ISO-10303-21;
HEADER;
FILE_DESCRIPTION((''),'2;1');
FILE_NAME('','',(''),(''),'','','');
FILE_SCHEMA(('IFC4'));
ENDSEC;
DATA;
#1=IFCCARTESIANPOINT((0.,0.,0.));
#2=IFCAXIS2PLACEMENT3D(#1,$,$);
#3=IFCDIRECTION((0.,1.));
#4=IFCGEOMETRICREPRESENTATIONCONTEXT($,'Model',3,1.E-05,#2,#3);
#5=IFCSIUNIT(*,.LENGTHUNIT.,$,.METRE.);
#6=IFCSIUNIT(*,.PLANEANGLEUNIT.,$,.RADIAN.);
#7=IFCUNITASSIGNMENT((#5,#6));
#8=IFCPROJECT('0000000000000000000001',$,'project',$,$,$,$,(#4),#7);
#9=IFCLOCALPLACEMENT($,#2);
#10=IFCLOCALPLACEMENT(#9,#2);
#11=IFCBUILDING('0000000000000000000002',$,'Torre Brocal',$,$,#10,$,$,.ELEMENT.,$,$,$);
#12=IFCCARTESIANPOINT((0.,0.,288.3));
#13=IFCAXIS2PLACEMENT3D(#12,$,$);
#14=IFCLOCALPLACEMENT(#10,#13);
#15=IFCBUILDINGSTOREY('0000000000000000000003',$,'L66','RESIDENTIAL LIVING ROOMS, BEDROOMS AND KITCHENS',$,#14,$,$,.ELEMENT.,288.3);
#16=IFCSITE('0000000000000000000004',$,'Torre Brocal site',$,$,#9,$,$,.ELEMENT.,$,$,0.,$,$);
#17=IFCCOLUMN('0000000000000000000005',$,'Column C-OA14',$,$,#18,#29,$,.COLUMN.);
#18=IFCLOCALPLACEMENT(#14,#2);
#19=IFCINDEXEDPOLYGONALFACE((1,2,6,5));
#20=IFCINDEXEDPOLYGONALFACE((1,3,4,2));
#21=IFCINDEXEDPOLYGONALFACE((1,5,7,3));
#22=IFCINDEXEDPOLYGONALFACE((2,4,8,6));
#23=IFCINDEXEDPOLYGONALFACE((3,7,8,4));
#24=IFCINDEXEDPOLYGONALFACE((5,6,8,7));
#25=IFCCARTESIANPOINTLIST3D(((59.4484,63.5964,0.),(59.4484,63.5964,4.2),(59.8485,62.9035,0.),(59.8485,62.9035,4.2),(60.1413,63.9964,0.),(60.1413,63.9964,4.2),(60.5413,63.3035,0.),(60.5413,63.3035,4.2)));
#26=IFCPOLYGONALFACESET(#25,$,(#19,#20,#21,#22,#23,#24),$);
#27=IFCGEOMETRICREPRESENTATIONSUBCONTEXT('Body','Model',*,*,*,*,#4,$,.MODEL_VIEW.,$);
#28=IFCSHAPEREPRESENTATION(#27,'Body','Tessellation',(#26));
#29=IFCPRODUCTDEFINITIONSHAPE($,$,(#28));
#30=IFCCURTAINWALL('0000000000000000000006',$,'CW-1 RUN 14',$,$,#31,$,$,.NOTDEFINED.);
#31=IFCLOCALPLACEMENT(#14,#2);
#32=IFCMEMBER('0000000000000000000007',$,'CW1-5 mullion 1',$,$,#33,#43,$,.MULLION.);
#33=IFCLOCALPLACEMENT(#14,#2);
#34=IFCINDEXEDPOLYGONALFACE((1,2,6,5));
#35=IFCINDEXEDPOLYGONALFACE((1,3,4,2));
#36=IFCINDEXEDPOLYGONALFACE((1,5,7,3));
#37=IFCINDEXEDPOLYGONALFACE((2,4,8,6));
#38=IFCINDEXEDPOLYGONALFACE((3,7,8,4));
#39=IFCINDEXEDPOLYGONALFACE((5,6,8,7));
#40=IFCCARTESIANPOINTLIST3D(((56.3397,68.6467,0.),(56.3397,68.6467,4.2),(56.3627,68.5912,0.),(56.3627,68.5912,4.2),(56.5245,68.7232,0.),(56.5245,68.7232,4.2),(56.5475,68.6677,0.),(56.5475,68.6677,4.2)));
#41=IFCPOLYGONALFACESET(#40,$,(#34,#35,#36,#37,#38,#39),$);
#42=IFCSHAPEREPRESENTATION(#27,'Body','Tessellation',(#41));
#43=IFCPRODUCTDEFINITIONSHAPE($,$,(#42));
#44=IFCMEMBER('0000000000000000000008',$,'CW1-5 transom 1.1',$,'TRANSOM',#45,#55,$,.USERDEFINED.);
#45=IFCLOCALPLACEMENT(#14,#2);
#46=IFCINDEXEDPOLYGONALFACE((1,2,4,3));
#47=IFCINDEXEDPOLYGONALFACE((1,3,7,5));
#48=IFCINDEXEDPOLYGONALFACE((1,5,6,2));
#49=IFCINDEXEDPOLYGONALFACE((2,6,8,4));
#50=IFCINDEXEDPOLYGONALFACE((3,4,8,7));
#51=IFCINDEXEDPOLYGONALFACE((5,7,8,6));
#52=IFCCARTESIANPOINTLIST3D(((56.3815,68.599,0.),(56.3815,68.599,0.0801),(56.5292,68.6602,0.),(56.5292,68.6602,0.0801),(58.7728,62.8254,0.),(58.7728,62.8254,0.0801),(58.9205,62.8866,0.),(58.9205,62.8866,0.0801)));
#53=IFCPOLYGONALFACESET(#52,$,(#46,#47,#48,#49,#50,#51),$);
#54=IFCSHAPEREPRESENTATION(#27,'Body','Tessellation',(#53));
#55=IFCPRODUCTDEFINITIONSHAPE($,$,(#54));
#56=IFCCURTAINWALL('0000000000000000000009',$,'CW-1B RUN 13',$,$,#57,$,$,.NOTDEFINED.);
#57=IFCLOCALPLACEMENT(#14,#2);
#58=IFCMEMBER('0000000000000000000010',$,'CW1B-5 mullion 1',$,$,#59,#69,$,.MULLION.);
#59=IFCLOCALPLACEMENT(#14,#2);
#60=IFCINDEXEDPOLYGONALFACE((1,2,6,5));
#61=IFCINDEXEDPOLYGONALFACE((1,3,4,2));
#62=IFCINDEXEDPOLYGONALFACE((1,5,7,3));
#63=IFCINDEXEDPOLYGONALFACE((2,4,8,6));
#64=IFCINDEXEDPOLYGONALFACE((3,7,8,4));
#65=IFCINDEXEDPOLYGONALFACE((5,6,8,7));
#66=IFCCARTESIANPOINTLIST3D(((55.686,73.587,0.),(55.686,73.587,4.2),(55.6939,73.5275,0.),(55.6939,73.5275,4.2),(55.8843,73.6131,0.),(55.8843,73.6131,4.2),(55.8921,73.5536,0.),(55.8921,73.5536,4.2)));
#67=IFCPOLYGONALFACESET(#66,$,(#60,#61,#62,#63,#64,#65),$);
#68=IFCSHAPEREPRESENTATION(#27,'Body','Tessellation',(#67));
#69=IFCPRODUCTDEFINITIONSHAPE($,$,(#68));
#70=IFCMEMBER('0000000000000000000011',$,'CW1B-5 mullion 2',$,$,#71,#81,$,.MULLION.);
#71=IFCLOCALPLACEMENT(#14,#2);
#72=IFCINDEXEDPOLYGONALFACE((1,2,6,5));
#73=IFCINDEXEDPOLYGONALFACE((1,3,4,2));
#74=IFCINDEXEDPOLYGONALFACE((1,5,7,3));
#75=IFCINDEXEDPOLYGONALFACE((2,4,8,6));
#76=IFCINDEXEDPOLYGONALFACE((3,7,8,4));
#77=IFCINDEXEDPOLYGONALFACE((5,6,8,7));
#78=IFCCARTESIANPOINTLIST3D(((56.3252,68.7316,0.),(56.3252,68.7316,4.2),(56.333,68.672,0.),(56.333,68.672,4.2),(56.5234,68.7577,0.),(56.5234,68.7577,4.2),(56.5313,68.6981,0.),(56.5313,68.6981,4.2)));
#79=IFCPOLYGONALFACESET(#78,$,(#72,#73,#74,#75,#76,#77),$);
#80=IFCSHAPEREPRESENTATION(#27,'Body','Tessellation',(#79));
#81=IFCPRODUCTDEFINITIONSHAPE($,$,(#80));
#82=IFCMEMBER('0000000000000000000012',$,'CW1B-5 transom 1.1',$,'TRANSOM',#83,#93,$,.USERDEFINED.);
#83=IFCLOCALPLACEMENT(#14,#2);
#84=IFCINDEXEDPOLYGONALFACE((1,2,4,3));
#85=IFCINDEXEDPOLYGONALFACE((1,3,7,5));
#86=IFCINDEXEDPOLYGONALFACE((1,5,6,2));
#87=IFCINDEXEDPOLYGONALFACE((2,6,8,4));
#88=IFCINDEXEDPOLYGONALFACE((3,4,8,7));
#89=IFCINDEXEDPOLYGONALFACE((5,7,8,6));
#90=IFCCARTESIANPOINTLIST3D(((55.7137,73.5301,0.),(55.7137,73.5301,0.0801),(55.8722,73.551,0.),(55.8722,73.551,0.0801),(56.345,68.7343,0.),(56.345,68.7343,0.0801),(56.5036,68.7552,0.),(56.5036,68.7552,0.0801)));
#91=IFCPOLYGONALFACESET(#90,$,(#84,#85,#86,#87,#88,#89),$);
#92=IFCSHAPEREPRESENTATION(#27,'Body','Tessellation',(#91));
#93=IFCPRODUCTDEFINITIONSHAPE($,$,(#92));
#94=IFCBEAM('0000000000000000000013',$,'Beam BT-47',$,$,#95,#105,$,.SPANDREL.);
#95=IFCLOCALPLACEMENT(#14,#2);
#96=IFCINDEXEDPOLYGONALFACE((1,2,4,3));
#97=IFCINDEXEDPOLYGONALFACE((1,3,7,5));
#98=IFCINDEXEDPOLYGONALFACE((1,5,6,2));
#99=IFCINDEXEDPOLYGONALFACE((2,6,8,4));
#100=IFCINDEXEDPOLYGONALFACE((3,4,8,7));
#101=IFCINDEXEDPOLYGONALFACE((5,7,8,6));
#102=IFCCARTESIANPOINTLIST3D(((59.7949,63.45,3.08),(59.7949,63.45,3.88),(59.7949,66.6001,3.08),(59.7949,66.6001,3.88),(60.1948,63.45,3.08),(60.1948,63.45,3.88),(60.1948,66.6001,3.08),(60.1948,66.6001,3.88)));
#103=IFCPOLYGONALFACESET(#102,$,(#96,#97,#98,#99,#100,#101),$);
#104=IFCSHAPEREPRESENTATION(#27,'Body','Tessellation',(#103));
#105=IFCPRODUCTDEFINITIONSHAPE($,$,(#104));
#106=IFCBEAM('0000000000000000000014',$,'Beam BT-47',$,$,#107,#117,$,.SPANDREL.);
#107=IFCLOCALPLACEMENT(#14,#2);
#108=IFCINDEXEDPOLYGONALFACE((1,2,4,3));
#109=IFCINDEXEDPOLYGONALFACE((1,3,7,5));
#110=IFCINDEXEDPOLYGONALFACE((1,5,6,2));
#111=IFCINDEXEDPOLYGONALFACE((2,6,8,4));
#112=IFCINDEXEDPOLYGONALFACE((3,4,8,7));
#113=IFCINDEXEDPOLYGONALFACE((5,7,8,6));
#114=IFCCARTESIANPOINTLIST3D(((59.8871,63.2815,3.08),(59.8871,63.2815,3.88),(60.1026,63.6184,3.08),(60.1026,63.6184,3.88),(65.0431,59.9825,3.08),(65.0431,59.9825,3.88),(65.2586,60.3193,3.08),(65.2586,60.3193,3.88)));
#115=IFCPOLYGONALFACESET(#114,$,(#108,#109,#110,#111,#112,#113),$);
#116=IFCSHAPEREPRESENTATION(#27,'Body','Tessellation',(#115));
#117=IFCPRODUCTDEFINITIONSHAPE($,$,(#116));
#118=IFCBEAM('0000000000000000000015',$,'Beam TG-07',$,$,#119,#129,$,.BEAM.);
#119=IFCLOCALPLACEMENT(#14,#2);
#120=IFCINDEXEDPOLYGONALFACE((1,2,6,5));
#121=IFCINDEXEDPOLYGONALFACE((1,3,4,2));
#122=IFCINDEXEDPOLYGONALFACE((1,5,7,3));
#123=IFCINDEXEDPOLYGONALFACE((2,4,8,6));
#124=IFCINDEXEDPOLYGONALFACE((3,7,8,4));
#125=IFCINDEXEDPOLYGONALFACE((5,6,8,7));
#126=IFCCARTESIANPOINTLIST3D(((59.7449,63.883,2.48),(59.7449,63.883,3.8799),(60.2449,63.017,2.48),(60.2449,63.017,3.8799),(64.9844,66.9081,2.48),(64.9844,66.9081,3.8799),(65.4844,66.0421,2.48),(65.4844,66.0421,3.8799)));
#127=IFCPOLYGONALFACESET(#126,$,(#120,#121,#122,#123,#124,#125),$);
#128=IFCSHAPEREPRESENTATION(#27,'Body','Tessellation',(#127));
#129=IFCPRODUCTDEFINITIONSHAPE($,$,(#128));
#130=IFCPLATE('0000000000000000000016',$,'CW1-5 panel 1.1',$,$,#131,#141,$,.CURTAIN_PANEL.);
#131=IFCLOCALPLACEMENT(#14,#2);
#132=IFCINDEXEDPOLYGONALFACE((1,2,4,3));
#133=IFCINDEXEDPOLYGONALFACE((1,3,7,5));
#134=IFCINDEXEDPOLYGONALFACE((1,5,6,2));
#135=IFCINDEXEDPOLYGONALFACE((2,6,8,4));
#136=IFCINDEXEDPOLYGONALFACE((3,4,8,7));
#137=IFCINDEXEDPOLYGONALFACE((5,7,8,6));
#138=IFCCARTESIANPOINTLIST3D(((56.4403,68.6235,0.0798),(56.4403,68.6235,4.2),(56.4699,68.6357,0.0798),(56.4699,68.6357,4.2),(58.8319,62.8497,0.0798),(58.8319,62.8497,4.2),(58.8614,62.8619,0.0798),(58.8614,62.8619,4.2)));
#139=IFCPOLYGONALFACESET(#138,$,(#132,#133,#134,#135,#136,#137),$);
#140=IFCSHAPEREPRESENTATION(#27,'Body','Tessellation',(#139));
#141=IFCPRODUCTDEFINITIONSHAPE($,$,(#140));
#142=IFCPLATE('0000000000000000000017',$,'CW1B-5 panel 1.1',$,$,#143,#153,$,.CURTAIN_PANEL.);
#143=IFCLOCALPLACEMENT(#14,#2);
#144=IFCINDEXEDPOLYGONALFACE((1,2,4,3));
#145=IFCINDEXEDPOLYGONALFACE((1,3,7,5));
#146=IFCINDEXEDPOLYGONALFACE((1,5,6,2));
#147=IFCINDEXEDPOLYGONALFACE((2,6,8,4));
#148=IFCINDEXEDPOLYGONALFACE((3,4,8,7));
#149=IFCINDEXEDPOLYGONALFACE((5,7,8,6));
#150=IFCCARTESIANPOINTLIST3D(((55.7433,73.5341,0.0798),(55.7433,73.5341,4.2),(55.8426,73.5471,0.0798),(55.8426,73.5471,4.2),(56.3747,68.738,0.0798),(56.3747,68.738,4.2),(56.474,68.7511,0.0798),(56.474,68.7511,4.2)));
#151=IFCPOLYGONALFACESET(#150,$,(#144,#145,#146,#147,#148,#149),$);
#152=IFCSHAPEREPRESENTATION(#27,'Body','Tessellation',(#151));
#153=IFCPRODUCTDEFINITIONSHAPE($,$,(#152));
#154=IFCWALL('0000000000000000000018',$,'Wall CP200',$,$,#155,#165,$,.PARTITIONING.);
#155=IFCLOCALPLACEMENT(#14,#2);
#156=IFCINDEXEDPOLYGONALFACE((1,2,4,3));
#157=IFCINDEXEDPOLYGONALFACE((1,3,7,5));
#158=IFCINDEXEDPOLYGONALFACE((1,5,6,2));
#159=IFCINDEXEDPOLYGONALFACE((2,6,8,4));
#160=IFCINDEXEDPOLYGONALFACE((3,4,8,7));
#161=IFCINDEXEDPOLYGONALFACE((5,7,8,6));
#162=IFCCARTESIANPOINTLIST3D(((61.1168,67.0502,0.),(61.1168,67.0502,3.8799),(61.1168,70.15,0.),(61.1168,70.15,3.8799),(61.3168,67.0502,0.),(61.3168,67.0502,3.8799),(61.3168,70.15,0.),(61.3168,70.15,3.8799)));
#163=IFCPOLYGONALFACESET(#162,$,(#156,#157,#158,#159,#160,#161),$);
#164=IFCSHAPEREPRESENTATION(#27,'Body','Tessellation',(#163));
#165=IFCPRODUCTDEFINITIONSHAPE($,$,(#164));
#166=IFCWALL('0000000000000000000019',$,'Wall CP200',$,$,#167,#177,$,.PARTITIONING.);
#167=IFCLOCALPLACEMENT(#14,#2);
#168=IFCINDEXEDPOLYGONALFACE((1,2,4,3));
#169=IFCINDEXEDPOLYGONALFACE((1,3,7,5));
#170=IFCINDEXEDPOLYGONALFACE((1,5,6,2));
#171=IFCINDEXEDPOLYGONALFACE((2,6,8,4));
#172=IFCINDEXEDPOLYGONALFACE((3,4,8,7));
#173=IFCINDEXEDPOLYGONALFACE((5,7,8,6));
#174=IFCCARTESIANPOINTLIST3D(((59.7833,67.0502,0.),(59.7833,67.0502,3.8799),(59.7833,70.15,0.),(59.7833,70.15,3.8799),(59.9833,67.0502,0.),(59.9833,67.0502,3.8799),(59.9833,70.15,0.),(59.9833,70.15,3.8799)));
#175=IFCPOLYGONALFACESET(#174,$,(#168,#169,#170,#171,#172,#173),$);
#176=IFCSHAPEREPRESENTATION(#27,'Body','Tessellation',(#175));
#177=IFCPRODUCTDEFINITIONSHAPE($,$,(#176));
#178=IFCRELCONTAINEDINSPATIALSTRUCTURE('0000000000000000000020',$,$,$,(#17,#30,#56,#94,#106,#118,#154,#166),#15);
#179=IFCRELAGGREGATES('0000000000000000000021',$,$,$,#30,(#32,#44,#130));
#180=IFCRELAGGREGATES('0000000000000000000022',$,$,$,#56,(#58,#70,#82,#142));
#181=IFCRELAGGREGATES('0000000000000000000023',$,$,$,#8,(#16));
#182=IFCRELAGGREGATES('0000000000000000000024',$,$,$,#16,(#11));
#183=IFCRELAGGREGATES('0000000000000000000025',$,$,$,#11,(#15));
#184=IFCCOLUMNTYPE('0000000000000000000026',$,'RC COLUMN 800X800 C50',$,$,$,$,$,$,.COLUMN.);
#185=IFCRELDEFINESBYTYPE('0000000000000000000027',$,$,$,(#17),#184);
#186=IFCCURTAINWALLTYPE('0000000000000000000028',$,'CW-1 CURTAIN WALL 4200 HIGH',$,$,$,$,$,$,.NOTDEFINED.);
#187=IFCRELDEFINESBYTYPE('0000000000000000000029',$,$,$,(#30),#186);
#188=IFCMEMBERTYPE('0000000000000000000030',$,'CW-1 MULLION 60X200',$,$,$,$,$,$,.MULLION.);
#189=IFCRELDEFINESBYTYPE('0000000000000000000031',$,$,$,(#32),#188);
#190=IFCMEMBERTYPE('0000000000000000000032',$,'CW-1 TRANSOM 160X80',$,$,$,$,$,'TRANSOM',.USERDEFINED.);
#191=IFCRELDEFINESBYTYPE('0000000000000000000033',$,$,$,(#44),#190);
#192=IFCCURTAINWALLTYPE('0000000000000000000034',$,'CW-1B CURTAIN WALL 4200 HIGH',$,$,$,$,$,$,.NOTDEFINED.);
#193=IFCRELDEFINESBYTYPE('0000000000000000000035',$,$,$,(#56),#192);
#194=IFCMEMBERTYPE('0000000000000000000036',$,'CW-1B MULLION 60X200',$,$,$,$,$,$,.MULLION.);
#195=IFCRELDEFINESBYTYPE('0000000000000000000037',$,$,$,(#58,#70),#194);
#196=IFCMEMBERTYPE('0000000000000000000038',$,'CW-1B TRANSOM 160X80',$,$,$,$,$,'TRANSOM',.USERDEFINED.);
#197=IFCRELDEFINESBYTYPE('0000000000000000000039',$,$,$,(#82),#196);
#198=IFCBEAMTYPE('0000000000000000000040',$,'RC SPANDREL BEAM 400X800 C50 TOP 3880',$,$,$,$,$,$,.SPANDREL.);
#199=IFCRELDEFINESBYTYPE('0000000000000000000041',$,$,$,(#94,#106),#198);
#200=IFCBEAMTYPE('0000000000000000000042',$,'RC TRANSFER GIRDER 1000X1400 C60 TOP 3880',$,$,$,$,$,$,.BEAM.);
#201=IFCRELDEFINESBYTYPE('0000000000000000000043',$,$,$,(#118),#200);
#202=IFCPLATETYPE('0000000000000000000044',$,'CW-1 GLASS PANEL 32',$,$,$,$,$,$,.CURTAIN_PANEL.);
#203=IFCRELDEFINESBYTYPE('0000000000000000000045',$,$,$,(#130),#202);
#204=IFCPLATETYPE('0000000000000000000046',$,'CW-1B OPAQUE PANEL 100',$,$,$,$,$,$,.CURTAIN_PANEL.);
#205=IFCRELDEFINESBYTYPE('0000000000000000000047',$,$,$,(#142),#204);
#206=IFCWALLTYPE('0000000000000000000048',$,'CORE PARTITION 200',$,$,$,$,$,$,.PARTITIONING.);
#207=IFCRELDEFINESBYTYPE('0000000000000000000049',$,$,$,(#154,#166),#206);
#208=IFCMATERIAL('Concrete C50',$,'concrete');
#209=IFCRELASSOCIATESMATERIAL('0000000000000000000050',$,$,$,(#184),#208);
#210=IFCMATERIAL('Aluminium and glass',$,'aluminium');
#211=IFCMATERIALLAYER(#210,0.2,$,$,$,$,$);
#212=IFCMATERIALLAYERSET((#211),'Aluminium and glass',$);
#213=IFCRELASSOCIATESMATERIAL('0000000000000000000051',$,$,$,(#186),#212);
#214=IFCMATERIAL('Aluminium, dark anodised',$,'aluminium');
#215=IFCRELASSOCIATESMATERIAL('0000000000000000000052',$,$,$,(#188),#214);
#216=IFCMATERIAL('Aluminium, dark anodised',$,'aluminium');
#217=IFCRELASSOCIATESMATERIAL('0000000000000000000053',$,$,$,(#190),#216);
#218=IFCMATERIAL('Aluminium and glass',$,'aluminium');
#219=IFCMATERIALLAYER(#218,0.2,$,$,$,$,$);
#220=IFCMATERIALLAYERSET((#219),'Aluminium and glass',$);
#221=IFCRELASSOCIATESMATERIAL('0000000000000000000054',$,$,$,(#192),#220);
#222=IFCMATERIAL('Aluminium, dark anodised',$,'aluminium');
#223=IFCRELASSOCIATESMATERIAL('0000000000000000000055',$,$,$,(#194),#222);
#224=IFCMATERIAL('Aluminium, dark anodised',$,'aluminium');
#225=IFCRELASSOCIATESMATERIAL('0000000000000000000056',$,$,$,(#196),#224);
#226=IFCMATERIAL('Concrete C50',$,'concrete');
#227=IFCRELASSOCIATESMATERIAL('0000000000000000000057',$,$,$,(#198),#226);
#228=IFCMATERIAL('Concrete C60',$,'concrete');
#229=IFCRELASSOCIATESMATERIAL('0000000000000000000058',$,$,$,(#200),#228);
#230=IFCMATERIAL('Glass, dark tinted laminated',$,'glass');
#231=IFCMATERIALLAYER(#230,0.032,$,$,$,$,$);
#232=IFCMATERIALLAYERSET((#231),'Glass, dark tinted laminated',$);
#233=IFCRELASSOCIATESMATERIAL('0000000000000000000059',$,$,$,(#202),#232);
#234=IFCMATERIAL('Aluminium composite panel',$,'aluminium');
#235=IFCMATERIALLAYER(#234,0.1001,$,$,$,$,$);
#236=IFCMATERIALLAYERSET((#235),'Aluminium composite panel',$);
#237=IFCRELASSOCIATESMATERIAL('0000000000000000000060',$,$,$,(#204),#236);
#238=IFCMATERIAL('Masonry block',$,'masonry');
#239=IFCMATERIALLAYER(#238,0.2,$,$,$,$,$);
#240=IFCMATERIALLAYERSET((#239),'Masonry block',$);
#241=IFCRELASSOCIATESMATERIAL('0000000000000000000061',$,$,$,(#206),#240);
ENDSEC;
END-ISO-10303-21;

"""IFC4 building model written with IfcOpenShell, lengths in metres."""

from ifc_helpers import new_model, si_unit, direction, frame, frame_2d, origin, origin_2d, place, context, subcontext, project, spatial, rectangle, extrude, material, layer, layer_set, material_profile, profile_set, type_object, element, aggregate, save


model = new_model("IFC4")

# Units and contexts
model_context = context("Model", 3, precision=1e-05, world=origin(), true_north=direction((0.0, 1.0)))
body_context = subcontext(model_context, "Body", "Model", "MODEL_VIEW")
ifc_project = project(units=[si_unit("LENGTHUNIT", "METRE"), si_unit("PLANEANGLEUNIT", "RADIAN")], contexts=[model_context])

# Site, building, storey
site_placement = place(None, origin())
site = spatial("IfcSite", under=ifc_project, at=site_placement, Name="Torre Brocal site", CompositionType="ELEMENT", RefElevation=0.0)
building_placement = place(site_placement, origin())
building = spatial("IfcBuilding", under=site, at=building_placement, Name="Torre Brocal", CompositionType="ELEMENT")
storey_placement = place(building_placement, frame((0.0, 0.0, 288.3)))
storey = spatial("IfcBuildingStorey", under=building, at=storey_placement, Name="L66", Description="RESIDENTIAL LIVING ROOMS, BEDROOMS AND KITCHENS", CompositionType="ELEMENT", Elevation=288.3)

# Column
ifc_material_1 = material(Name="Concrete C50", Category="concrete")
ifc_material_profile_1 = material_profile(ifc_material_1, rectangle(XDim=0.8, YDim=0.8, at=origin_2d()), Name="RC 800X800")
ifc_profile_set_1 = profile_set([ifc_material_profile_1], Name="Concrete C50")
column_type = type_object("IfcColumnType", Name="RC COLUMN 800X800 C50", PredefinedType="COLUMN", material=ifc_profile_set_1)
column_placement = place(storey_placement, frame((59.9949, 63.45, 0.0), z_axis=(0.0, 0.0, 1.0), x_axis=(-0.866025, -0.5, 0.0)))
element("IfcColumn", 1, at=column_placement, inside=storey, type_object=column_type, Name="Column C-OA14", PredefinedType="COLUMN", context=body_context, shape_type="SweptSolid", body=[
    extrude(rectangle(XDim=0.8, YDim=0.8, at=origin_2d()), origin(), (0.0, 0.0, 1.0), 4.2),
])

# Curtain walls, members
ifc_material_2 = material(Name="Aluminium and glass", Category="aluminium")
ifc_layer_1 = layer(ifc_material_2, 0.2)
ifc_layer_set_1 = layer_set([ifc_layer_1], Name="Aluminium and glass")
curtain_wall_type_1 = type_object("IfcCurtainWallType", Name="CW-1 CURTAIN WALL 4200 HIGH", PredefinedType="NOTDEFINED", material=ifc_layer_set_1)
curtain_wall_1_placement = place(storey_placement, origin())
curtain_wall_1 = element("IfcCurtainWall", 2, at=curtain_wall_1_placement, inside=storey, type_object=curtain_wall_type_1, Name="CW-1 RUN 14", PredefinedType="NOTDEFINED")
ifc_material_3 = material(Name="Aluminium, dark anodised", Category="aluminium")
ifc_material_profile_2 = material_profile(ifc_material_3, rectangle(XDim=0.2, YDim=0.0601, at=origin_2d()), Name="CW-1 MULLION 60X200")
ifc_profile_set_2 = profile_set([ifc_material_profile_2], Name="Aluminium, dark anodised")
member_type_1 = type_object("IfcMemberType", Name="CW-1 MULLION 60X200", PredefinedType="MULLION", material=ifc_profile_set_2)
member_1_placement = place(storey_placement, frame((56.4436, 68.6572, 0.0), z_axis=(0.0, 0.0, 1.0), x_axis=(0.92388, 0.382683, 0.0)))
member_1 = element("IfcMember", 3, at=member_1_placement, type_object=member_type_1, Name="CW1-5 mullion 1", PredefinedType="MULLION", context=body_context, shape_type="SweptSolid", body=[
    extrude(rectangle(XDim=0.2, YDim=0.0601, at=origin_2d()), origin(), (0.0, 0.0, 1.0), 4.2),
])
ifc_material_4 = material(Name="Aluminium, dark anodised", Category="aluminium")
ifc_material_profile_3 = material_profile(ifc_material_4, rectangle(XDim=0.1599, YDim=0.0801, at=origin_2d()), Name="CW-1 TRANSOM 160X80")
ifc_profile_set_3 = profile_set([ifc_material_profile_3], Name="Aluminium, dark anodised")
member_type_2 = type_object("IfcMemberType", Name="CW-1 TRANSOM 160X80", ElementType="TRANSOM", PredefinedType="USERDEFINED", material=ifc_profile_set_3)
member_2_placement = place(storey_placement, frame((56.4553, 68.6296, 0.04), z_axis=(0.382659, -0.92389, 0.0), x_axis=(0.92389, 0.382659, 0.0)))
member_2 = element("IfcMember", 4, at=member_2_placement, type_object=member_type_2, Name="CW1-5 transom 1.1", ObjectType="TRANSOM", PredefinedType="USERDEFINED", context=body_context, shape_type="SweptSolid", body=[
    extrude(rectangle(XDim=0.1599, YDim=0.0801, at=origin_2d()), origin(), (0.0, 0.0, 1.0), 6.2493),
])
ifc_material_5 = material(Name="Aluminium and glass", Category="aluminium")
ifc_layer_2 = layer(ifc_material_5, 0.2)
ifc_layer_set_2 = layer_set([ifc_layer_2], Name="Aluminium and glass")
curtain_wall_type_2 = type_object("IfcCurtainWallType", Name="CW-1B CURTAIN WALL 4200 HIGH", PredefinedType="NOTDEFINED", material=ifc_layer_set_2)
curtain_wall_2_placement = place(storey_placement, origin())
curtain_wall_2 = element("IfcCurtainWall", 5, at=curtain_wall_2_placement, inside=storey, type_object=curtain_wall_type_2, Name="CW-1B RUN 13", PredefinedType="NOTDEFINED")
ifc_material_6 = material(Name="Aluminium, dark anodised", Category="aluminium")
ifc_material_profile_4 = material_profile(ifc_material_6, rectangle(XDim=0.2, YDim=0.0601, at=origin_2d()), Name="CW-1B MULLION 60X200")
ifc_profile_set_4 = profile_set([ifc_material_profile_4], Name="Aluminium, dark anodised")
member_type_3 = type_object("IfcMemberType", Name="CW-1B MULLION 60X200", PredefinedType="MULLION", material=ifc_profile_set_4)
member_3_placement = place(storey_placement, frame((55.7891, 73.5703, 0.0), z_axis=(0.0, 0.0, 1.0), x_axis=(0.991445, 0.130526, 0.0)))
member_3 = element("IfcMember", 6, at=member_3_placement, type_object=member_type_3, Name="CW1B-5 mullion 1", PredefinedType="MULLION", context=body_context, shape_type="SweptSolid", body=[
    extrude(rectangle(XDim=0.2, YDim=0.0601, at=origin_2d()), origin(), (0.0, 0.0, 1.0), 4.2),
])
member_4_placement = place(storey_placement, frame((56.4282, 68.7148, 0.0), z_axis=(0.0, 0.0, 1.0), x_axis=(0.991445, 0.130526, 0.0)))
member_4 = element("IfcMember", 7, at=member_4_placement, type_object=member_type_3, Name="CW1B-5 mullion 2", PredefinedType="MULLION", context=body_context, shape_type="SweptSolid", body=[
    extrude(rectangle(XDim=0.2, YDim=0.0601, at=origin_2d()), origin(), (0.0, 0.0, 1.0), 4.2),
])
ifc_material_7 = material(Name="Aluminium, dark anodised", Category="aluminium")
ifc_material_profile_5 = material_profile(ifc_material_7, rectangle(XDim=0.1599, YDim=0.0801, at=origin_2d()), Name="CW-1B TRANSOM 160X80")
ifc_profile_set_5 = profile_set([ifc_material_profile_5], Name="Aluminium, dark anodised")
member_type_4 = type_object("IfcMemberType", Name="CW-1B TRANSOM 160X80", ElementType="TRANSOM", PredefinedType="USERDEFINED", material=ifc_profile_set_5)
member_5_placement = place(storey_placement, frame((55.793, 73.5405, 0.04), z_axis=(0.130517, -0.991446, 0.0), x_axis=(0.991446, 0.130517, 0.0)))
member_5 = element("IfcMember", 8, at=member_5_placement, type_object=member_type_4, Name="CW1B-5 transom 1.1", ObjectType="TRANSOM", PredefinedType="USERDEFINED", context=body_context, shape_type="SweptSolid", body=[
    extrude(rectangle(XDim=0.1599, YDim=0.0801, at=origin_2d()), origin(), (0.0, 0.0, 1.0), 4.8372),
])

# Beams
ifc_material_8 = material(Name="Concrete C50", Category="concrete")
ifc_material_profile_6 = material_profile(ifc_material_8, rectangle(XDim=0.3999, YDim=0.8, at=origin_2d()), Name="RC 400X800")
ifc_profile_set_6 = profile_set([ifc_material_profile_6], Name="Concrete C50")
beam_type_1 = type_object("IfcBeamType", Name="RC SPANDREL BEAM 400X800 C50 TOP 3880", PredefinedType="SPANDREL", material=ifc_profile_set_6)
beam_1_placement = place(storey_placement, frame((59.9949, 63.45, 3.48), z_axis=(0.0, 1.0, 0.0), x_axis=(-1.0, 0.0, 0.0)))
element("IfcBeam", 9, at=beam_1_placement, inside=storey, type_object=beam_type_1, Name="Beam BT-47", PredefinedType="SPANDREL", context=body_context, shape_type="SweptSolid", body=[
    extrude(rectangle(XDim=0.3999, YDim=0.8, at=origin_2d()), origin(), (0.0, 0.0, 1.0), 3.1501),
])
beam_2_placement = place(storey_placement, frame((59.9949, 63.45, 3.48), z_axis=(0.842329, -0.538964, 0.0), x_axis=(0.538964, 0.842329, 0.0)))
element("IfcBeam", 10, at=beam_2_placement, inside=storey, type_object=beam_type_1, Name="Beam BT-47", PredefinedType="SPANDREL", context=body_context, shape_type="SweptSolid", body=[
    extrude(rectangle(XDim=0.3999, YDim=0.8, at=origin_2d()), origin(), (0.0, 0.0, 1.0), 6.1211),
])
ifc_material_9 = material(Name="Concrete C60", Category="concrete")
ifc_material_profile_7 = material_profile(ifc_material_9, rectangle(XDim=1.0, YDim=1.3999, at=origin_2d()), Name="RC 1000X1400")
ifc_profile_set_7 = profile_set([ifc_material_profile_7], Name="Concrete C60")
beam_type_2 = type_object("IfcBeamType", Name="RC TRANSFER GIRDER 1000X1400 C60 TOP 3880", PredefinedType="BEAM", material=ifc_profile_set_7)
beam_3_placement = place(storey_placement, frame((65.2344, 66.4751, 3.1799), z_axis=(-0.866017, -0.500015, 0.0), x_axis=(0.500015, -0.866017, 0.0)))
element("IfcBeam", 11, at=beam_3_placement, inside=storey, type_object=beam_type_2, Name="Beam TG-07", PredefinedType="BEAM", context=body_context, shape_type="SweptSolid", body=[
    extrude(rectangle(XDim=1.0, YDim=1.3999, at=origin_2d()), origin(), (0.0, 0.0, 1.0), 6.05),
])

# Plates
ifc_material_10 = material(Name="Glass, dark tinted laminated", Category="glass")
ifc_layer_3 = layer(ifc_material_10, 0.032)
ifc_layer_set_3 = layer_set([ifc_layer_3], Name="Glass, dark tinted laminated")
plate_type_1 = type_object("IfcPlateType", Name="CW-1 GLASS PANEL 32", PredefinedType="CURTAIN_PANEL", material=ifc_layer_set_3)
plate_1_placement = place(storey_placement, frame((57.6509, 65.7427, 0.0798), z_axis=(0.0, 0.0, 1.0), x_axis=(0.382683, -0.92388, 0.0)))
plate_1 = element("IfcPlate", 12, at=plate_1_placement, type_object=plate_type_1, Name="CW1-5 panel 1.1", PredefinedType="CURTAIN_PANEL", context=body_context, shape_type="SweptSolid", body=[
    extrude(rectangle(XDim=6.2495, YDim=0.032, at=origin_2d()), origin(), (0.0, 0.0, 1.0), 4.1201),
])
aggregate(curtain_wall_1, [member_1, member_2, plate_1])
ifc_material_11 = material(Name="Aluminium composite panel", Category="aluminium")
ifc_layer_4 = layer(ifc_material_11, 0.1001)
ifc_layer_set_4 = layer_set([ifc_layer_4], Name="Aluminium composite panel")
plate_type_2 = type_object("IfcPlateType", Name="CW-1B OPAQUE PANEL 100", PredefinedType="CURTAIN_PANEL", material=ifc_layer_set_4)
plate_2_placement = place(storey_placement, frame((56.1086, 71.1426, 0.0798), z_axis=(0.0, 0.0, 1.0), x_axis=(0.130526, -0.991445, 0.0)))
plate_2 = element("IfcPlate", 13, at=plate_2_placement, type_object=plate_type_2, Name="CW1B-5 panel 1.1", PredefinedType="CURTAIN_PANEL", context=body_context, shape_type="SweptSolid", body=[
    extrude(rectangle(XDim=4.8374, YDim=0.1001, at=origin_2d()), origin(), (0.0, 0.0, 1.0), 4.1201),
])
aggregate(curtain_wall_2, [member_3, member_4, member_5, plate_2])

# Walls
ifc_material_12 = material(Name="Masonry block", Category="masonry")
ifc_layer_5 = layer(ifc_material_12, 0.2)
ifc_layer_set_5 = layer_set([ifc_layer_5], Name="Masonry block")
wall_type_1 = type_object("IfcWallType", Name="CORE PARTITION 200", PredefinedType="PARTITIONING", material=ifc_layer_set_5)
for number, where, z_axis, x_axis, name in (
    (14, (61.2168, 70.1499, 0.0), (0.0, 0.0, 1.0), (0.0, -1.0, 0.0), "Wall CP200"),
    (15, (59.8833, 70.1499, 0.0), (0.0, 0.0, 1.0), (0.0, -1.0, 0.0), "Wall CP200"),
):
    element("IfcWall", number, at=place(storey_placement, frame(where, z_axis=z_axis, x_axis=x_axis)), inside=storey, type_object=wall_type_1, Name=name, PredefinedType="PARTITIONING", context=body_context, shape_type="SweptSolid", body=[
        extrude(rectangle(XDim=3.0999, YDim=0.2, at=frame_2d((1.5498, 0.0))), origin(), (0.0, 0.0, 1.0), 3.8799),
    ])

save(model, "model.ifc")
